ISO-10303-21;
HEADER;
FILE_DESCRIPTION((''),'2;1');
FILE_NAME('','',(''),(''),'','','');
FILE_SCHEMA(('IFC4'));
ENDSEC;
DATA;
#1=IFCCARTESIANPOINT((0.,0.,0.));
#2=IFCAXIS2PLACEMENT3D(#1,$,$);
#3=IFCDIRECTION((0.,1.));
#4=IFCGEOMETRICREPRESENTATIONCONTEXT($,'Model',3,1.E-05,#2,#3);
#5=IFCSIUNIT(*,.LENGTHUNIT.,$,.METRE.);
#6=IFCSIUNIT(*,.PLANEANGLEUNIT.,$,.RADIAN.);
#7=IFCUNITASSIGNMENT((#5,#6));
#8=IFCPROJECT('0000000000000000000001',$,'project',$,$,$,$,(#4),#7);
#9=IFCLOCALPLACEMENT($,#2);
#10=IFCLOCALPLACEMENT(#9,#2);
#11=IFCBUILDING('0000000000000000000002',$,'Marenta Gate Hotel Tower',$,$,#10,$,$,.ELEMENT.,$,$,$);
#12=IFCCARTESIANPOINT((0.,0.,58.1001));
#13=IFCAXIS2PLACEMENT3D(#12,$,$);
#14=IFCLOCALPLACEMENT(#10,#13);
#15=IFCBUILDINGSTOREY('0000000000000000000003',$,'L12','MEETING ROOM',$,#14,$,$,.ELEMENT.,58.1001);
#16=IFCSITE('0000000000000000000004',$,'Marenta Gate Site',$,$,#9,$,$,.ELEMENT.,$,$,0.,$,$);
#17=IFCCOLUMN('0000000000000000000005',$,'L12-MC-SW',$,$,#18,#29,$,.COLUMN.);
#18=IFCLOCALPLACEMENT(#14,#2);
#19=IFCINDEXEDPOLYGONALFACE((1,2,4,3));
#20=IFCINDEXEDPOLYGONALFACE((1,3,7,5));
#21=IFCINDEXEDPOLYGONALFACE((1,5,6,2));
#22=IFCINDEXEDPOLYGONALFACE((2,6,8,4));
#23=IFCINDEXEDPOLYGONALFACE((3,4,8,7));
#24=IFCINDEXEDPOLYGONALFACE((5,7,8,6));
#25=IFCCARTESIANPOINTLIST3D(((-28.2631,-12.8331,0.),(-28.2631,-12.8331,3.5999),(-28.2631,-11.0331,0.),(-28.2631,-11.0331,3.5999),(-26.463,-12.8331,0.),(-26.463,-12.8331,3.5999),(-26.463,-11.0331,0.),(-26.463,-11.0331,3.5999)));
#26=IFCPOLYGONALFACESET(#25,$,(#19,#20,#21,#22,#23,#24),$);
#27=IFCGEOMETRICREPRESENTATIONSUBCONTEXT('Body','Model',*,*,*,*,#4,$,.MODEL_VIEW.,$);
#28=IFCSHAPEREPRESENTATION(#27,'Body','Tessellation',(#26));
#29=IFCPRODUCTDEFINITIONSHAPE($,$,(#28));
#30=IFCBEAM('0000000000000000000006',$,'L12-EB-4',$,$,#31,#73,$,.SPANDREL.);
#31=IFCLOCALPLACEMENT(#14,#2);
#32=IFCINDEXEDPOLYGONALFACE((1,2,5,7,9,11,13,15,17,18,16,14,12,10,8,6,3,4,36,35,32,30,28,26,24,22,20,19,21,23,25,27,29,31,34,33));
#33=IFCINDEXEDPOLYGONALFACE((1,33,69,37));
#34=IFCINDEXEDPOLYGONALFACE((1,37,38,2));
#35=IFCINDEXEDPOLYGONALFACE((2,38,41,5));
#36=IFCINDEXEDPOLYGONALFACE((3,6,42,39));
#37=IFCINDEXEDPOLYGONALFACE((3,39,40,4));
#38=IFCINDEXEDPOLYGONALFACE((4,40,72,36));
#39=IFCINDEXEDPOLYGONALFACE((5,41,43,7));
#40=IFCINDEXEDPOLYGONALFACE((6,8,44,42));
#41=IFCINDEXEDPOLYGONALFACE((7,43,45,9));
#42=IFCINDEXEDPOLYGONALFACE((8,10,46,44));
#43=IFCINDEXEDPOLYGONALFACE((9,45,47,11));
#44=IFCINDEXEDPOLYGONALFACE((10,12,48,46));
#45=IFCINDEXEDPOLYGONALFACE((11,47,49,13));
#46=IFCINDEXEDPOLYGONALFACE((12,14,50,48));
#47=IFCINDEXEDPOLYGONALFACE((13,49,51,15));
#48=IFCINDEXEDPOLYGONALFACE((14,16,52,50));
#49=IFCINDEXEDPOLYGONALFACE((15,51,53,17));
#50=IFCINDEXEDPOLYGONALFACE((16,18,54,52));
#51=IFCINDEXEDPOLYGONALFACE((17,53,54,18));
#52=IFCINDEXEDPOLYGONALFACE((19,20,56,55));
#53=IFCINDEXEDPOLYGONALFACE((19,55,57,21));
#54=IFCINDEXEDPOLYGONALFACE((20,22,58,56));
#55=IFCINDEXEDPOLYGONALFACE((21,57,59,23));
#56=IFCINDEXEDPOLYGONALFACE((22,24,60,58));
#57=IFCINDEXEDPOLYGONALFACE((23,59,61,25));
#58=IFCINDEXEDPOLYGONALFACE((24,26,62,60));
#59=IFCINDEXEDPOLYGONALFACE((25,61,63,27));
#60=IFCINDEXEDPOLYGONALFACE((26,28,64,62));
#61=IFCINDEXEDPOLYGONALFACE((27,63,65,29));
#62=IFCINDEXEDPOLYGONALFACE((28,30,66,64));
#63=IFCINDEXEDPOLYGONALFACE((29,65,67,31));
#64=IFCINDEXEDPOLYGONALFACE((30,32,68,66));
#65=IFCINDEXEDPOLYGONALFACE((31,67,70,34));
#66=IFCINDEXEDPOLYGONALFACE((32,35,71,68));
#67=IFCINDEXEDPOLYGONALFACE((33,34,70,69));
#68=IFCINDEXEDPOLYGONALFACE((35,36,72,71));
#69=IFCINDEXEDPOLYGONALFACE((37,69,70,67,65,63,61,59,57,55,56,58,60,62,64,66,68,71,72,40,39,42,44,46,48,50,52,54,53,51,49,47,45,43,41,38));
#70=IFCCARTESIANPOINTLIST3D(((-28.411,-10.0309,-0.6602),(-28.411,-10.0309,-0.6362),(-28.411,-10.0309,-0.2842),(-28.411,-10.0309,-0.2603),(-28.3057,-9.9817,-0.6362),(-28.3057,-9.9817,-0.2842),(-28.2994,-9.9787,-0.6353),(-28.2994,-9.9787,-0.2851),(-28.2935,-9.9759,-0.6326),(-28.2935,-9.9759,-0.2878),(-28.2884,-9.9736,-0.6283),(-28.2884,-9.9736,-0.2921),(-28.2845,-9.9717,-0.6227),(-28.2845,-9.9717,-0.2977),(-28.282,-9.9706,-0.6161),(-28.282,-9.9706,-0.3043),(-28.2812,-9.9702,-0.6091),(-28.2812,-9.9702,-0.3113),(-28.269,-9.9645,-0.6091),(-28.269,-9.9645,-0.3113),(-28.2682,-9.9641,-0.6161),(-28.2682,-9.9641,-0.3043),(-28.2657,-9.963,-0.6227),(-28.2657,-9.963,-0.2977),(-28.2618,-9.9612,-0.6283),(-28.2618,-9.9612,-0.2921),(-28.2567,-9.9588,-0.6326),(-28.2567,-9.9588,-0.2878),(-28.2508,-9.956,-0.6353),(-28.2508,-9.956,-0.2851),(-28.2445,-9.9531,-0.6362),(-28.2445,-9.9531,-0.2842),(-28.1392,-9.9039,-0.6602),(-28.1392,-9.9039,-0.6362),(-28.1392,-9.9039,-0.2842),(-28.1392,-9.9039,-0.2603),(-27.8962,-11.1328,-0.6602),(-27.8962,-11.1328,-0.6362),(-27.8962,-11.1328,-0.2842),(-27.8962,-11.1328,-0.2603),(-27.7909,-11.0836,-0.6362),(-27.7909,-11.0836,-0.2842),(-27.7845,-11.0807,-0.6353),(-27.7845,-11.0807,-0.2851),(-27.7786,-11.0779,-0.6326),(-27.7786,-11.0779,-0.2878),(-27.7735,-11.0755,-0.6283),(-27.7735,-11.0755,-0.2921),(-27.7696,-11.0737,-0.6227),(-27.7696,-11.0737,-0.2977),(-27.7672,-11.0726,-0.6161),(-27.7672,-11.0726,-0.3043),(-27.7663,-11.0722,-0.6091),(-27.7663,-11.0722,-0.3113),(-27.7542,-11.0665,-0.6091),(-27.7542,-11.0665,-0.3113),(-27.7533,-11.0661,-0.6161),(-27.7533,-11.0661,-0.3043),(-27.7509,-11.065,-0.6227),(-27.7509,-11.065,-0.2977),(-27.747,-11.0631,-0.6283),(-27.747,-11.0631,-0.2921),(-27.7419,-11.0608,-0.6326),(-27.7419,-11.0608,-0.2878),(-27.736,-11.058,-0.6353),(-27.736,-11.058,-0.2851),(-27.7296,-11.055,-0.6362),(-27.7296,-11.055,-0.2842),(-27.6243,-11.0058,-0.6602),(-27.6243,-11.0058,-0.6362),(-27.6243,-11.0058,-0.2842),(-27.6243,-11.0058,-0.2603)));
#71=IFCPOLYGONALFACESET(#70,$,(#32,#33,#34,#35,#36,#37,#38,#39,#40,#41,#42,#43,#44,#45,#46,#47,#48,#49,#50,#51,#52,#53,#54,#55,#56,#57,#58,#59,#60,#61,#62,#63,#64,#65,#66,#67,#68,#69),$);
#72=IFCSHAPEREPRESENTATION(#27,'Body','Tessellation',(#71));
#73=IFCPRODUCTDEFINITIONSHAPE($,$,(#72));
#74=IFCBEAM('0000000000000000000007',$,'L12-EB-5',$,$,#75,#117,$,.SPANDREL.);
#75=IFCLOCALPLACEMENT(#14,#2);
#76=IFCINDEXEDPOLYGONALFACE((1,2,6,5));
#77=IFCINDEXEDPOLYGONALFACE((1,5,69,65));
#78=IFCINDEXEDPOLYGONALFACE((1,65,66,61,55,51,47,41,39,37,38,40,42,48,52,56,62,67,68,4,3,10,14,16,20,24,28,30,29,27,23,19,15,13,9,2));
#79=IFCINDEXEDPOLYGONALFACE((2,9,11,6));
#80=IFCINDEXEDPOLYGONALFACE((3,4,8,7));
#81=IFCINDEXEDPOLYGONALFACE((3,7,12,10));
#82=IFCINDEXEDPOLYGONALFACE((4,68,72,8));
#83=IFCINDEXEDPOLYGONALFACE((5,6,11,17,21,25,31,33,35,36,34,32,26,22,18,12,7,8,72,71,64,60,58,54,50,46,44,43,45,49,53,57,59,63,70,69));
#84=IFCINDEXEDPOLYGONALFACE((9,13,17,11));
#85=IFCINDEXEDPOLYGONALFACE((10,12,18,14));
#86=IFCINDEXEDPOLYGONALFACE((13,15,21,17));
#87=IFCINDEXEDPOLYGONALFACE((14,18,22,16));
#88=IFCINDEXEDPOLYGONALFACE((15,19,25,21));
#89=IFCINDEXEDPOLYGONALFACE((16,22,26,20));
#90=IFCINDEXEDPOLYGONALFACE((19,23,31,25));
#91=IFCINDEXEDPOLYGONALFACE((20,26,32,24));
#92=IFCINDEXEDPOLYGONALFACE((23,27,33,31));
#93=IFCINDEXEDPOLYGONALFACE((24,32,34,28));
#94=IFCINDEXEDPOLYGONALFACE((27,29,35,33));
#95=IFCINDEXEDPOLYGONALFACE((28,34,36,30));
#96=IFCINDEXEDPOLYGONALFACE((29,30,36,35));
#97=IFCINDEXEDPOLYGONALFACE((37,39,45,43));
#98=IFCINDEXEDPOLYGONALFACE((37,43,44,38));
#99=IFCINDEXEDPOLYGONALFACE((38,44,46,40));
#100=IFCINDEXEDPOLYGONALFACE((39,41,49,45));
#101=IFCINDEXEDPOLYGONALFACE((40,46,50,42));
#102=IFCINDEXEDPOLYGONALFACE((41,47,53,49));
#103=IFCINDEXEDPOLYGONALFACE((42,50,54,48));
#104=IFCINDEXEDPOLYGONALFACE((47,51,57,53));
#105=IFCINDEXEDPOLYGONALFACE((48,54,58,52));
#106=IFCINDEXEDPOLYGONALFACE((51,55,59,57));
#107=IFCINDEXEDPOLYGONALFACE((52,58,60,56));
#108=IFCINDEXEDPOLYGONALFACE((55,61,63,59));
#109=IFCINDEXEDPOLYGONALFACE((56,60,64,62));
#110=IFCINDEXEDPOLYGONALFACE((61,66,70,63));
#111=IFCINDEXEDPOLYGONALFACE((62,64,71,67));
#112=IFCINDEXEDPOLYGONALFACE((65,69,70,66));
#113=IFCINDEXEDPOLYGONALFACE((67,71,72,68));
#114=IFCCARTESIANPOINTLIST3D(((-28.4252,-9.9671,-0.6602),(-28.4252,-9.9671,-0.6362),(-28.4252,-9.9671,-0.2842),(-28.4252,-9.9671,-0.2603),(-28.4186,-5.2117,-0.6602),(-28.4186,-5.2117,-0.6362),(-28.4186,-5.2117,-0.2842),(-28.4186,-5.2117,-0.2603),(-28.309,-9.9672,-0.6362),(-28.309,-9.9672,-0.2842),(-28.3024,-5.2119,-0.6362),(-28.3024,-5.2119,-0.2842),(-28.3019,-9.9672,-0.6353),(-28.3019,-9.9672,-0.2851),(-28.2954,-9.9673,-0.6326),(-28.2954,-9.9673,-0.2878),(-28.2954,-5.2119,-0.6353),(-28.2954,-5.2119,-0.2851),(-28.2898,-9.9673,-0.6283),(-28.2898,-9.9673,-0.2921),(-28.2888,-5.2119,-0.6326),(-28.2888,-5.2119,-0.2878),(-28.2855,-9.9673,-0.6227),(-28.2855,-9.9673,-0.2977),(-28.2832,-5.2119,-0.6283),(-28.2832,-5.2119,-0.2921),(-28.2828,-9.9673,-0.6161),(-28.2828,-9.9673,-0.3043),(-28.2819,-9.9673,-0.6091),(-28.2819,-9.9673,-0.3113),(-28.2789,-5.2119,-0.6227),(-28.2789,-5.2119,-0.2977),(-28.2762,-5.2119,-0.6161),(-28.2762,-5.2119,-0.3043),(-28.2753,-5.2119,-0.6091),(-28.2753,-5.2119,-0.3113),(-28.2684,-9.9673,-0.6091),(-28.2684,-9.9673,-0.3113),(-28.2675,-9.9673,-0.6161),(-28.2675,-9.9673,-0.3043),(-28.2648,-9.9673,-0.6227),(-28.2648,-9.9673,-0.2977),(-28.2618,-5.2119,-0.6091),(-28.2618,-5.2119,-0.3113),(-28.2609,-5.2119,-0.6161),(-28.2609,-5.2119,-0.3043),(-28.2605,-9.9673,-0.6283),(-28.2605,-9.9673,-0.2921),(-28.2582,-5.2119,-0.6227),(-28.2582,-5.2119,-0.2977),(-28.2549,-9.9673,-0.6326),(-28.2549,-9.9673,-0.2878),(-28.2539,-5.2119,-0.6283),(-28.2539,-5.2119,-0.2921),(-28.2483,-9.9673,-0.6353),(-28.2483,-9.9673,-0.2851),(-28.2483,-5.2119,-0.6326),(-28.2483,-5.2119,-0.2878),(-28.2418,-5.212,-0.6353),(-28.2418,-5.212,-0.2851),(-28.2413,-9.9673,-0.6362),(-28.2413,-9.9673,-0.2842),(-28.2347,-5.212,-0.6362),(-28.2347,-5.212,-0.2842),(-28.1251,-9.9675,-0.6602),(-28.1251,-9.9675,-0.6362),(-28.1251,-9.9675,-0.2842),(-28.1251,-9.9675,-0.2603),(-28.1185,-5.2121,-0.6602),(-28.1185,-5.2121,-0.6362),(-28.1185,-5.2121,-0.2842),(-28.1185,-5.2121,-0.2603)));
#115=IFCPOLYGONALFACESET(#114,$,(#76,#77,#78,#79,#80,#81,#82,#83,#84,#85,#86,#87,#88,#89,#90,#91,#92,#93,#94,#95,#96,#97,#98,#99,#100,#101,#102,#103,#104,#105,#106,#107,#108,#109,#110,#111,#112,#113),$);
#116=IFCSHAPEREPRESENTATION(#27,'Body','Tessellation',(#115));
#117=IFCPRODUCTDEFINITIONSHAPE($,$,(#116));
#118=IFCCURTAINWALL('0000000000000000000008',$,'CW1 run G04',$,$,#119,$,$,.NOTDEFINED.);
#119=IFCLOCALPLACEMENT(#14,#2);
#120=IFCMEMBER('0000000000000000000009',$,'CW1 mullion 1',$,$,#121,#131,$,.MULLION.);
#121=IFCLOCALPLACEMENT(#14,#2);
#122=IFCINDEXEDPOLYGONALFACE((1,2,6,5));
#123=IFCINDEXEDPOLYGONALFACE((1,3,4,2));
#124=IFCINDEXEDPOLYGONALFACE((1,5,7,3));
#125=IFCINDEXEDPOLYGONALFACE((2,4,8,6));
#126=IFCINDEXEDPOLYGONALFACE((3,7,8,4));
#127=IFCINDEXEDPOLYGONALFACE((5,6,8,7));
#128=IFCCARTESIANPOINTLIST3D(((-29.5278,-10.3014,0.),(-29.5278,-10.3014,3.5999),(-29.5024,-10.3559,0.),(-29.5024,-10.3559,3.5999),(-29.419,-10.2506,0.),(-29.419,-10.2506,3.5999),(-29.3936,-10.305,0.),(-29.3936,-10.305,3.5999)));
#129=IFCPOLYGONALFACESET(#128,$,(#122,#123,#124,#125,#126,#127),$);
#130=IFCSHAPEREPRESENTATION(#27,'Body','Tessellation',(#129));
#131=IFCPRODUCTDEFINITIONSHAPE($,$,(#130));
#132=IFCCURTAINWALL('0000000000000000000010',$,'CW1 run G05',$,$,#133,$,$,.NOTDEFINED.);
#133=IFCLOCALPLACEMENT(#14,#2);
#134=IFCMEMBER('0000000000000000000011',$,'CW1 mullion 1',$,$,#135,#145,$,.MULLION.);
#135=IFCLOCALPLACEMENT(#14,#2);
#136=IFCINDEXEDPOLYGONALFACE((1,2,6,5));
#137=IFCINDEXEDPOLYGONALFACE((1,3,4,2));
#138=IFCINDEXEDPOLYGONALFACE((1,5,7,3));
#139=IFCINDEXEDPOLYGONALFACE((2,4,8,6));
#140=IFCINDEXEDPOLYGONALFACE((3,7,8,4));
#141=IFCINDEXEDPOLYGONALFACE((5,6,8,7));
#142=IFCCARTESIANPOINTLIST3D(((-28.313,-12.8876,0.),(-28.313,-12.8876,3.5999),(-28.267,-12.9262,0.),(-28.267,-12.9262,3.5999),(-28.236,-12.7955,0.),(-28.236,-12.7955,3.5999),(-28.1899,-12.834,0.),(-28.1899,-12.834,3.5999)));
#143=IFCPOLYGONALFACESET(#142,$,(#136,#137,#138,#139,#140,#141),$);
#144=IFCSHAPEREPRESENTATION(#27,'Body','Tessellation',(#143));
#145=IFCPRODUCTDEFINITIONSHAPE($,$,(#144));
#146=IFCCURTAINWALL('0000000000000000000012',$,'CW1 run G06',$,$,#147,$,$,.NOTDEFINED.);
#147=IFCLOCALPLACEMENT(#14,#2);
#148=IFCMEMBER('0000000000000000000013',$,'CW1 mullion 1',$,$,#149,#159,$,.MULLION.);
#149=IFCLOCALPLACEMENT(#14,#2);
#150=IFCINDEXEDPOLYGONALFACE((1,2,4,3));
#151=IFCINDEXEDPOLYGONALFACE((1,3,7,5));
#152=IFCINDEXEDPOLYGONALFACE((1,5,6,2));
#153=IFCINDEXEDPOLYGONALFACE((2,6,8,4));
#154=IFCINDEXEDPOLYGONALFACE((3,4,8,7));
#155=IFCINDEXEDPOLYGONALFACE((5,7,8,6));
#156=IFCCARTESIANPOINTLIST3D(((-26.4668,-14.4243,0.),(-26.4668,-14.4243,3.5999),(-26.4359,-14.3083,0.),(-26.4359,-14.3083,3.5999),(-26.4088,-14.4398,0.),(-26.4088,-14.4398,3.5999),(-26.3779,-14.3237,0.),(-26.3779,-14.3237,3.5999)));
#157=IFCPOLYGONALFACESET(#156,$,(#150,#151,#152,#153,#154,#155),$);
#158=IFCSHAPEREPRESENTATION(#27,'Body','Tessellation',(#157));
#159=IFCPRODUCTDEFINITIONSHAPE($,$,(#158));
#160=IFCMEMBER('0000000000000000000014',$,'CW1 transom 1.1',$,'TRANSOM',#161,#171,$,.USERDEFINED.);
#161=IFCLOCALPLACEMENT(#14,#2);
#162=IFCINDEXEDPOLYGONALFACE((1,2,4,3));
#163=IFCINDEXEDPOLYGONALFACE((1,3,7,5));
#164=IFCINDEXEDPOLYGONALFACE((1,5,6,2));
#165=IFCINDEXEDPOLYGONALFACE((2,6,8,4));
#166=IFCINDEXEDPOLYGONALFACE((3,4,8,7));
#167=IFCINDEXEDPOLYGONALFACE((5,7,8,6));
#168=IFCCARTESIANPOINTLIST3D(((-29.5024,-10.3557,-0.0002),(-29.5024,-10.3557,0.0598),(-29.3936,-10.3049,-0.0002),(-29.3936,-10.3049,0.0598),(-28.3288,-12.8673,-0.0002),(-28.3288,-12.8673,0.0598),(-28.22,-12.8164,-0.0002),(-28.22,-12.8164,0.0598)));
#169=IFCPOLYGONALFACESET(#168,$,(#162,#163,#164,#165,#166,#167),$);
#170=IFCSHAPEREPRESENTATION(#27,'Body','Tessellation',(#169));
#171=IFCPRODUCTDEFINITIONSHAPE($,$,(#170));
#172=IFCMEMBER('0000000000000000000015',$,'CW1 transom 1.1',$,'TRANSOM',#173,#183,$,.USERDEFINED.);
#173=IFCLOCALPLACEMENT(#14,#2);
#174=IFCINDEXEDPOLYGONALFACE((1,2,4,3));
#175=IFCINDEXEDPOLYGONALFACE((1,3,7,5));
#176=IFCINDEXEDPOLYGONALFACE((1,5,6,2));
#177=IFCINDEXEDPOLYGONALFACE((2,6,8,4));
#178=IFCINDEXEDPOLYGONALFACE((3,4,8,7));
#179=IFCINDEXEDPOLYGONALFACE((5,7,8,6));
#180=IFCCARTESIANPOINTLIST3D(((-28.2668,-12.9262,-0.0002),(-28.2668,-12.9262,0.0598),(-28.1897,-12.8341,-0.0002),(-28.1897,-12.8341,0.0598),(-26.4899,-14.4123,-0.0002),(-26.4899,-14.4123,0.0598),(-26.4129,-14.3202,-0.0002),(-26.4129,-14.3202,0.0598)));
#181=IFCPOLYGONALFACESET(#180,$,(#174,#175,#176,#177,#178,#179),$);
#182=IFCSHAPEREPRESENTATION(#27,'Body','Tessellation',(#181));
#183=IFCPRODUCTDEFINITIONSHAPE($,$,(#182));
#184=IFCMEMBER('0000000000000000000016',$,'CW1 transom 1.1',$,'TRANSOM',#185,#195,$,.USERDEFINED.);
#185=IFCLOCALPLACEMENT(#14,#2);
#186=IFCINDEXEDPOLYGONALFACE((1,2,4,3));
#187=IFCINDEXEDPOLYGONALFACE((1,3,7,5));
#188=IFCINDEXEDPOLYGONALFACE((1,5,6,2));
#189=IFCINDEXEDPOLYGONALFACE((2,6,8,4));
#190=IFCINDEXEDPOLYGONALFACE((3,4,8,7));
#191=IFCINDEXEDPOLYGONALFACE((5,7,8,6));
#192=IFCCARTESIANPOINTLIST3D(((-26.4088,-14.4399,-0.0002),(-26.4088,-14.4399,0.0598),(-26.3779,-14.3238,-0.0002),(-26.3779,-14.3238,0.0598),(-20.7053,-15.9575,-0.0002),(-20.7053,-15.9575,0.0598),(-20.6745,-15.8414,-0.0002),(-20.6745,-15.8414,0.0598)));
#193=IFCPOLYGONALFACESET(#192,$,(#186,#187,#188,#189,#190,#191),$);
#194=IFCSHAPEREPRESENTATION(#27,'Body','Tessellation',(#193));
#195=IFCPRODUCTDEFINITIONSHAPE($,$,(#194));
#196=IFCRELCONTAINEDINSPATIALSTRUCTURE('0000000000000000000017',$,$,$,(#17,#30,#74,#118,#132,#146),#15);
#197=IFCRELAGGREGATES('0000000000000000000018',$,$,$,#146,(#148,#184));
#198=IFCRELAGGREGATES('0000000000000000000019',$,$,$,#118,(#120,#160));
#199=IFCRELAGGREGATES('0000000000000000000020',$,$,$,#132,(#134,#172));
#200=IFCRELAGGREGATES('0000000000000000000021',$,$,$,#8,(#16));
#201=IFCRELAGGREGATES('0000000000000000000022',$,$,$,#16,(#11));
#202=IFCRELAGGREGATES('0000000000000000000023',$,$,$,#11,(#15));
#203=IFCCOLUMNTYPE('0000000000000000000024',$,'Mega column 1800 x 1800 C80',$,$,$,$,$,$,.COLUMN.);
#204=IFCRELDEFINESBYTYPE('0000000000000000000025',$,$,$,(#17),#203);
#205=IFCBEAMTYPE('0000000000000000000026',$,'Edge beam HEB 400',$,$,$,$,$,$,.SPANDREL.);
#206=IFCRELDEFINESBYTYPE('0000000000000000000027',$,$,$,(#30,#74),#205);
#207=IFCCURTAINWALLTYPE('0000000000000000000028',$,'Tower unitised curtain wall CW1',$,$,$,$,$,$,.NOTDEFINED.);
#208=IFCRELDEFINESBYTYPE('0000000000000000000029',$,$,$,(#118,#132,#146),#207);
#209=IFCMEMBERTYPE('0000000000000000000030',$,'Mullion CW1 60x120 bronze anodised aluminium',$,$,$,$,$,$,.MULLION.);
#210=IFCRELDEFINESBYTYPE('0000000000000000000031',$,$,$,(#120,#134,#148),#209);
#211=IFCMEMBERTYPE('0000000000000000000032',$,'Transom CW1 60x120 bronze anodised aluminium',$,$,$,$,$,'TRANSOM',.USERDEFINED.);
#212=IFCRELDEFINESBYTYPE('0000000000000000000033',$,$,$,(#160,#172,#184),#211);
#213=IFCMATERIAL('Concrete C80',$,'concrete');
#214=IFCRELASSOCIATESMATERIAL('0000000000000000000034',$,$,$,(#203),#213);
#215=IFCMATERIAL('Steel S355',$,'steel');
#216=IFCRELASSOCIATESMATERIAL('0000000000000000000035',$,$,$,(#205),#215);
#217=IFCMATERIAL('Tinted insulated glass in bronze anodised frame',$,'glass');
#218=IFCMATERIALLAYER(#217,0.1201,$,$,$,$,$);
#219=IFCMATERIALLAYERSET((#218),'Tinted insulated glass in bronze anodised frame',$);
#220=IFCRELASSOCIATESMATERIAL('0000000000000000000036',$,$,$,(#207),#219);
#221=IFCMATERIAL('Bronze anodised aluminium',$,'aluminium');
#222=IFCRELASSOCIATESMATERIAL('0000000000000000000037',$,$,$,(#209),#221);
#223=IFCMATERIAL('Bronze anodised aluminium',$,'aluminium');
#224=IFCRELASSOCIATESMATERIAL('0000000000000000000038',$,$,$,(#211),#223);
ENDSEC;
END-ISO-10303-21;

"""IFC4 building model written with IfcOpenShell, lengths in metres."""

from ifc_helpers import new_model, si_unit, direction, frame, origin, origin_2d, place, context, subcontext, project, spatial, rectangle, i_section, extrude, material, layer, layer_set, material_profile, profile_set, type_object, element, aggregate, save


model = new_model("IFC4")

# Units and contexts
model_context = context("Model", 3, precision=1e-05, world=origin(), true_north=direction((0.0, 1.0)))
body_context = subcontext(model_context, "Body", "Model", "MODEL_VIEW")
ifc_project = project(units=[si_unit("LENGTHUNIT", "METRE"), si_unit("PLANEANGLEUNIT", "RADIAN")], contexts=[model_context])

# Site, building, storey
site_placement = place(None, origin())
site = spatial("IfcSite", under=ifc_project, at=site_placement, Name="Marenta Gate Site", CompositionType="ELEMENT", RefElevation=0.0)
building_placement = place(site_placement, origin())
building = spatial("IfcBuilding", under=site, at=building_placement, Name="Marenta Gate Hotel Tower", CompositionType="ELEMENT")
storey_placement = place(building_placement, frame((0.0, 0.0, 58.1001)))
storey = spatial("IfcBuildingStorey", under=building, at=storey_placement, Name="L12", Description="MEETING ROOM", CompositionType="ELEMENT", Elevation=58.1001)

# Column
ifc_material_1 = material(Name="Concrete C80", Category="concrete")
ifc_material_profile_1 = material_profile(ifc_material_1, rectangle(XDim=1.8, YDim=1.8, at=origin_2d()), Name="1800 x 1800")
ifc_profile_set_1 = profile_set([ifc_material_profile_1], Name="Concrete C80")
column_type = type_object("IfcColumnType", Name="Mega column 1800 x 1800 C80", PredefinedType="COLUMN", material=ifc_profile_set_1)
column_placement = place(storey_placement, frame((-27.363, -11.9331, 0.0), z_axis=(0.0, 0.0, 1.0), x_axis=(1.0, 0.0, 0.0)))
element("IfcColumn", 1, at=column_placement, inside=storey, type_object=column_type, Name="L12-MC-SW", PredefinedType="COLUMN", context=body_context, shape_type="SweptSolid", body=[
    extrude(rectangle(XDim=1.8, YDim=1.8, at=origin_2d()), origin(), (0.0, 0.0, 1.0), 3.5999),
])

# Beams
ifc_material_2 = material(Name="Steel S355", Category="steel")
ifc_material_profile_2 = material_profile(ifc_material_2, i_section(OverallWidth=0.3, OverallDepth=0.3999, WebThickness=0.0134, FlangeThickness=0.0239, FilletRadius=0.0271, at=origin_2d()), Name="HEB 400")
ifc_profile_set_2 = profile_set([ifc_material_profile_2], Name="Steel S355")
beam_type = type_object("IfcBeamType", Name="Edge beam HEB 400", PredefinedType="SPANDREL", material=ifc_profile_set_2)
beam_1_placement = place(storey_placement, frame((-27.7603, -11.0693, -0.4602), z_axis=(-0.423292, 0.905993, 0.0), x_axis=(-0.905993, -0.423292, 0.0)))
element("IfcBeam", 2, at=beam_1_placement, inside=storey, type_object=beam_type, Name="L12-EB-4", PredefinedType="SPANDREL", context=body_context, shape_type="SweptSolid", body=[
    extrude(i_section(OverallWidth=0.3, OverallDepth=0.3999, WebThickness=0.0134, FlangeThickness=0.0239, FilletRadius=0.0271, at=origin_2d()), origin(), (0.0, 0.0, 1.0), 1.2163),
])
beam_2_placement = place(storey_placement, frame((-28.2751, -9.9673, -0.4602), z_axis=(0.001386, 0.999999, 0.0), x_axis=(-0.999999, 0.001386, 0.0)))
element("IfcBeam", 3, at=beam_2_placement, inside=storey, type_object=beam_type, Name="L12-EB-5", PredefinedType="SPANDREL", context=body_context, shape_type="SweptSolid", body=[
    extrude(i_section(OverallWidth=0.3, OverallDepth=0.3999, WebThickness=0.0134, FlangeThickness=0.0239, FilletRadius=0.0271, at=origin_2d()), origin(), (0.0, 0.0, 1.0), 4.7554),
])

# Curtain walls, members
ifc_material_3 = material(Name="Tinted insulated glass in bronze anodised frame", Category="glass")
ifc_layer_1 = layer(ifc_material_3, 0.1201)
ifc_layer_set_1 = layer_set([ifc_layer_1], Name="Tinted insulated glass in bronze anodised frame")
curtain_wall_type = type_object("IfcCurtainWallType", Name="Tower unitised curtain wall CW1", PredefinedType="NOTDEFINED", material=ifc_layer_set_1)
curtain_wall_1_placement = place(storey_placement, origin())
curtain_wall_1 = element("IfcCurtainWall", 4, at=curtain_wall_1_placement, inside=storey, type_object=curtain_wall_type, Name="CW1 run G04", PredefinedType="NOTDEFINED")
ifc_material_4 = material(Name="Bronze anodised aluminium", Category="aluminium")
ifc_material_profile_3 = material_profile(ifc_material_4, rectangle(XDim=0.1201, YDim=0.0601, at=origin_2d()), Name="Mullion CW1 60x120 bronze anodised aluminium")
ifc_profile_set_3 = profile_set([ifc_material_profile_3], Name="Bronze anodised aluminium")
member_type_1 = type_object("IfcMemberType", Name="Mullion CW1 60x120 bronze anodised aluminium", PredefinedType="MULLION", material=ifc_profile_set_3)
member_1_placement = place(storey_placement, frame((-29.4607, -10.3032, 0.0), z_axis=(0.0, 0.0, 1.0), x_axis=(0.90597, 0.423342, 0.0)))
member_1 = element("IfcMember", 5, at=member_1_placement, type_object=member_type_1, Name="CW1 mullion 1", PredefinedType="MULLION", context=body_context, shape_type="SweptSolid", body=[
    extrude(rectangle(XDim=0.1201, YDim=0.0601, at=origin_2d()), origin(), (0.0, 0.0, 1.0), 3.5999),
])
curtain_wall_2_placement = place(storey_placement, origin())
curtain_wall_2 = element("IfcCurtainWall", 6, at=curtain_wall_2_placement, inside=storey, type_object=curtain_wall_type, Name="CW1 run G05", PredefinedType="NOTDEFINED")
member_2_placement = place(storey_placement, frame((-28.2515, -12.8608, 0.0), z_axis=(0.0, 0.0, 1.0), x_axis=(0.641512, 0.767113, 0.0)))
member_2 = element("IfcMember", 7, at=member_2_placement, type_object=member_type_1, Name="CW1 mullion 1", PredefinedType="MULLION", context=body_context, shape_type="SweptSolid", body=[
    extrude(rectangle(XDim=0.1201, YDim=0.0601, at=origin_2d()), origin(), (0.0, 0.0, 1.0), 3.5999),
])
curtain_wall_3_placement = place(storey_placement, origin())
curtain_wall_3 = element("IfcCurtainWall", 8, at=curtain_wall_3_placement, inside=storey, type_object=curtain_wall_type, Name="CW1 run G06", PredefinedType="NOTDEFINED")
member_3_placement = place(storey_placement, frame((-26.4224, -14.374, 0.0), z_axis=(0.0, 0.0, 1.0), x_axis=(0.257142, 0.966374, 0.0)))
member_3 = element("IfcMember", 9, at=member_3_placement, type_object=member_type_1, Name="CW1 mullion 1", PredefinedType="MULLION", context=body_context, shape_type="SweptSolid", body=[
    extrude(rectangle(XDim=0.1201, YDim=0.0601, at=origin_2d()), origin(), (0.0, 0.0, 1.0), 3.5999),
])

# Members
ifc_material_5 = material(Name="Bronze anodised aluminium", Category="aluminium")
ifc_material_profile_4 = material_profile(ifc_material_5, rectangle(XDim=0.1201, YDim=0.0601, at=origin_2d()), Name="Transom CW1 60x120 bronze anodised aluminium")
ifc_profile_set_4 = profile_set([ifc_material_profile_4], Name="Bronze anodised aluminium")
member_type_2 = type_object("IfcMemberType", Name="Transom CW1 60x120 bronze anodised aluminium", ElementType="TRANSOM", PredefinedType="USERDEFINED", material=ifc_profile_set_4)
member_4_placement = place(storey_placement, frame((-29.448, -10.3303, 0.0298), z_axis=(0.423348, -0.905967, 0.0), x_axis=(0.905967, 0.423348, 0.0)))
member_4 = element("IfcMember", 10, at=member_4_placement, type_object=member_type_2, Name="CW1 transom 1.1", ObjectType="TRANSOM", PredefinedType="USERDEFINED", context=body_context, shape_type="SweptSolid", body=[
    extrude(rectangle(XDim=0.1201, YDim=0.0601, at=origin_2d()), origin(), (0.0, 0.0, 1.0), 2.7722),
])
member_5_placement = place(storey_placement, frame((-28.2283, -12.8801, 0.0298), z_axis=(0.76708, -0.641552, 0.0), x_axis=(0.641552, 0.76708, 0.0)))
member_5 = element("IfcMember", 11, at=member_5_placement, type_object=member_type_2, Name="CW1 transom 1.1", ObjectType="TRANSOM", PredefinedType="USERDEFINED", context=body_context, shape_type="SweptSolid", body=[
    extrude(rectangle(XDim=0.1201, YDim=0.0601, at=origin_2d()), origin(), (0.0, 0.0, 1.0), 2.3164),
])
member_6_placement = place(storey_placement, frame((-26.3933, -14.3818, 0.0298), z_axis=(0.966375, -0.257137, 0.0), x_axis=(0.257137, 0.966375, 0.0)))
member_6 = element("IfcMember", 12, at=member_6_placement, type_object=member_type_2, Name="CW1 transom 1.1", ObjectType="TRANSOM", PredefinedType="USERDEFINED", context=body_context, shape_type="SweptSolid", body=[
    extrude(rectangle(XDim=0.1201, YDim=0.0601, at=origin_2d()), origin(), (0.0, 0.0, 1.0), 5.9019),
])
aggregate(curtain_wall_3, [member_3, member_6])

aggregate(curtain_wall_1, [member_1, member_4])
aggregate(curtain_wall_2, [member_2, member_5])

save(model, "model.ifc")
